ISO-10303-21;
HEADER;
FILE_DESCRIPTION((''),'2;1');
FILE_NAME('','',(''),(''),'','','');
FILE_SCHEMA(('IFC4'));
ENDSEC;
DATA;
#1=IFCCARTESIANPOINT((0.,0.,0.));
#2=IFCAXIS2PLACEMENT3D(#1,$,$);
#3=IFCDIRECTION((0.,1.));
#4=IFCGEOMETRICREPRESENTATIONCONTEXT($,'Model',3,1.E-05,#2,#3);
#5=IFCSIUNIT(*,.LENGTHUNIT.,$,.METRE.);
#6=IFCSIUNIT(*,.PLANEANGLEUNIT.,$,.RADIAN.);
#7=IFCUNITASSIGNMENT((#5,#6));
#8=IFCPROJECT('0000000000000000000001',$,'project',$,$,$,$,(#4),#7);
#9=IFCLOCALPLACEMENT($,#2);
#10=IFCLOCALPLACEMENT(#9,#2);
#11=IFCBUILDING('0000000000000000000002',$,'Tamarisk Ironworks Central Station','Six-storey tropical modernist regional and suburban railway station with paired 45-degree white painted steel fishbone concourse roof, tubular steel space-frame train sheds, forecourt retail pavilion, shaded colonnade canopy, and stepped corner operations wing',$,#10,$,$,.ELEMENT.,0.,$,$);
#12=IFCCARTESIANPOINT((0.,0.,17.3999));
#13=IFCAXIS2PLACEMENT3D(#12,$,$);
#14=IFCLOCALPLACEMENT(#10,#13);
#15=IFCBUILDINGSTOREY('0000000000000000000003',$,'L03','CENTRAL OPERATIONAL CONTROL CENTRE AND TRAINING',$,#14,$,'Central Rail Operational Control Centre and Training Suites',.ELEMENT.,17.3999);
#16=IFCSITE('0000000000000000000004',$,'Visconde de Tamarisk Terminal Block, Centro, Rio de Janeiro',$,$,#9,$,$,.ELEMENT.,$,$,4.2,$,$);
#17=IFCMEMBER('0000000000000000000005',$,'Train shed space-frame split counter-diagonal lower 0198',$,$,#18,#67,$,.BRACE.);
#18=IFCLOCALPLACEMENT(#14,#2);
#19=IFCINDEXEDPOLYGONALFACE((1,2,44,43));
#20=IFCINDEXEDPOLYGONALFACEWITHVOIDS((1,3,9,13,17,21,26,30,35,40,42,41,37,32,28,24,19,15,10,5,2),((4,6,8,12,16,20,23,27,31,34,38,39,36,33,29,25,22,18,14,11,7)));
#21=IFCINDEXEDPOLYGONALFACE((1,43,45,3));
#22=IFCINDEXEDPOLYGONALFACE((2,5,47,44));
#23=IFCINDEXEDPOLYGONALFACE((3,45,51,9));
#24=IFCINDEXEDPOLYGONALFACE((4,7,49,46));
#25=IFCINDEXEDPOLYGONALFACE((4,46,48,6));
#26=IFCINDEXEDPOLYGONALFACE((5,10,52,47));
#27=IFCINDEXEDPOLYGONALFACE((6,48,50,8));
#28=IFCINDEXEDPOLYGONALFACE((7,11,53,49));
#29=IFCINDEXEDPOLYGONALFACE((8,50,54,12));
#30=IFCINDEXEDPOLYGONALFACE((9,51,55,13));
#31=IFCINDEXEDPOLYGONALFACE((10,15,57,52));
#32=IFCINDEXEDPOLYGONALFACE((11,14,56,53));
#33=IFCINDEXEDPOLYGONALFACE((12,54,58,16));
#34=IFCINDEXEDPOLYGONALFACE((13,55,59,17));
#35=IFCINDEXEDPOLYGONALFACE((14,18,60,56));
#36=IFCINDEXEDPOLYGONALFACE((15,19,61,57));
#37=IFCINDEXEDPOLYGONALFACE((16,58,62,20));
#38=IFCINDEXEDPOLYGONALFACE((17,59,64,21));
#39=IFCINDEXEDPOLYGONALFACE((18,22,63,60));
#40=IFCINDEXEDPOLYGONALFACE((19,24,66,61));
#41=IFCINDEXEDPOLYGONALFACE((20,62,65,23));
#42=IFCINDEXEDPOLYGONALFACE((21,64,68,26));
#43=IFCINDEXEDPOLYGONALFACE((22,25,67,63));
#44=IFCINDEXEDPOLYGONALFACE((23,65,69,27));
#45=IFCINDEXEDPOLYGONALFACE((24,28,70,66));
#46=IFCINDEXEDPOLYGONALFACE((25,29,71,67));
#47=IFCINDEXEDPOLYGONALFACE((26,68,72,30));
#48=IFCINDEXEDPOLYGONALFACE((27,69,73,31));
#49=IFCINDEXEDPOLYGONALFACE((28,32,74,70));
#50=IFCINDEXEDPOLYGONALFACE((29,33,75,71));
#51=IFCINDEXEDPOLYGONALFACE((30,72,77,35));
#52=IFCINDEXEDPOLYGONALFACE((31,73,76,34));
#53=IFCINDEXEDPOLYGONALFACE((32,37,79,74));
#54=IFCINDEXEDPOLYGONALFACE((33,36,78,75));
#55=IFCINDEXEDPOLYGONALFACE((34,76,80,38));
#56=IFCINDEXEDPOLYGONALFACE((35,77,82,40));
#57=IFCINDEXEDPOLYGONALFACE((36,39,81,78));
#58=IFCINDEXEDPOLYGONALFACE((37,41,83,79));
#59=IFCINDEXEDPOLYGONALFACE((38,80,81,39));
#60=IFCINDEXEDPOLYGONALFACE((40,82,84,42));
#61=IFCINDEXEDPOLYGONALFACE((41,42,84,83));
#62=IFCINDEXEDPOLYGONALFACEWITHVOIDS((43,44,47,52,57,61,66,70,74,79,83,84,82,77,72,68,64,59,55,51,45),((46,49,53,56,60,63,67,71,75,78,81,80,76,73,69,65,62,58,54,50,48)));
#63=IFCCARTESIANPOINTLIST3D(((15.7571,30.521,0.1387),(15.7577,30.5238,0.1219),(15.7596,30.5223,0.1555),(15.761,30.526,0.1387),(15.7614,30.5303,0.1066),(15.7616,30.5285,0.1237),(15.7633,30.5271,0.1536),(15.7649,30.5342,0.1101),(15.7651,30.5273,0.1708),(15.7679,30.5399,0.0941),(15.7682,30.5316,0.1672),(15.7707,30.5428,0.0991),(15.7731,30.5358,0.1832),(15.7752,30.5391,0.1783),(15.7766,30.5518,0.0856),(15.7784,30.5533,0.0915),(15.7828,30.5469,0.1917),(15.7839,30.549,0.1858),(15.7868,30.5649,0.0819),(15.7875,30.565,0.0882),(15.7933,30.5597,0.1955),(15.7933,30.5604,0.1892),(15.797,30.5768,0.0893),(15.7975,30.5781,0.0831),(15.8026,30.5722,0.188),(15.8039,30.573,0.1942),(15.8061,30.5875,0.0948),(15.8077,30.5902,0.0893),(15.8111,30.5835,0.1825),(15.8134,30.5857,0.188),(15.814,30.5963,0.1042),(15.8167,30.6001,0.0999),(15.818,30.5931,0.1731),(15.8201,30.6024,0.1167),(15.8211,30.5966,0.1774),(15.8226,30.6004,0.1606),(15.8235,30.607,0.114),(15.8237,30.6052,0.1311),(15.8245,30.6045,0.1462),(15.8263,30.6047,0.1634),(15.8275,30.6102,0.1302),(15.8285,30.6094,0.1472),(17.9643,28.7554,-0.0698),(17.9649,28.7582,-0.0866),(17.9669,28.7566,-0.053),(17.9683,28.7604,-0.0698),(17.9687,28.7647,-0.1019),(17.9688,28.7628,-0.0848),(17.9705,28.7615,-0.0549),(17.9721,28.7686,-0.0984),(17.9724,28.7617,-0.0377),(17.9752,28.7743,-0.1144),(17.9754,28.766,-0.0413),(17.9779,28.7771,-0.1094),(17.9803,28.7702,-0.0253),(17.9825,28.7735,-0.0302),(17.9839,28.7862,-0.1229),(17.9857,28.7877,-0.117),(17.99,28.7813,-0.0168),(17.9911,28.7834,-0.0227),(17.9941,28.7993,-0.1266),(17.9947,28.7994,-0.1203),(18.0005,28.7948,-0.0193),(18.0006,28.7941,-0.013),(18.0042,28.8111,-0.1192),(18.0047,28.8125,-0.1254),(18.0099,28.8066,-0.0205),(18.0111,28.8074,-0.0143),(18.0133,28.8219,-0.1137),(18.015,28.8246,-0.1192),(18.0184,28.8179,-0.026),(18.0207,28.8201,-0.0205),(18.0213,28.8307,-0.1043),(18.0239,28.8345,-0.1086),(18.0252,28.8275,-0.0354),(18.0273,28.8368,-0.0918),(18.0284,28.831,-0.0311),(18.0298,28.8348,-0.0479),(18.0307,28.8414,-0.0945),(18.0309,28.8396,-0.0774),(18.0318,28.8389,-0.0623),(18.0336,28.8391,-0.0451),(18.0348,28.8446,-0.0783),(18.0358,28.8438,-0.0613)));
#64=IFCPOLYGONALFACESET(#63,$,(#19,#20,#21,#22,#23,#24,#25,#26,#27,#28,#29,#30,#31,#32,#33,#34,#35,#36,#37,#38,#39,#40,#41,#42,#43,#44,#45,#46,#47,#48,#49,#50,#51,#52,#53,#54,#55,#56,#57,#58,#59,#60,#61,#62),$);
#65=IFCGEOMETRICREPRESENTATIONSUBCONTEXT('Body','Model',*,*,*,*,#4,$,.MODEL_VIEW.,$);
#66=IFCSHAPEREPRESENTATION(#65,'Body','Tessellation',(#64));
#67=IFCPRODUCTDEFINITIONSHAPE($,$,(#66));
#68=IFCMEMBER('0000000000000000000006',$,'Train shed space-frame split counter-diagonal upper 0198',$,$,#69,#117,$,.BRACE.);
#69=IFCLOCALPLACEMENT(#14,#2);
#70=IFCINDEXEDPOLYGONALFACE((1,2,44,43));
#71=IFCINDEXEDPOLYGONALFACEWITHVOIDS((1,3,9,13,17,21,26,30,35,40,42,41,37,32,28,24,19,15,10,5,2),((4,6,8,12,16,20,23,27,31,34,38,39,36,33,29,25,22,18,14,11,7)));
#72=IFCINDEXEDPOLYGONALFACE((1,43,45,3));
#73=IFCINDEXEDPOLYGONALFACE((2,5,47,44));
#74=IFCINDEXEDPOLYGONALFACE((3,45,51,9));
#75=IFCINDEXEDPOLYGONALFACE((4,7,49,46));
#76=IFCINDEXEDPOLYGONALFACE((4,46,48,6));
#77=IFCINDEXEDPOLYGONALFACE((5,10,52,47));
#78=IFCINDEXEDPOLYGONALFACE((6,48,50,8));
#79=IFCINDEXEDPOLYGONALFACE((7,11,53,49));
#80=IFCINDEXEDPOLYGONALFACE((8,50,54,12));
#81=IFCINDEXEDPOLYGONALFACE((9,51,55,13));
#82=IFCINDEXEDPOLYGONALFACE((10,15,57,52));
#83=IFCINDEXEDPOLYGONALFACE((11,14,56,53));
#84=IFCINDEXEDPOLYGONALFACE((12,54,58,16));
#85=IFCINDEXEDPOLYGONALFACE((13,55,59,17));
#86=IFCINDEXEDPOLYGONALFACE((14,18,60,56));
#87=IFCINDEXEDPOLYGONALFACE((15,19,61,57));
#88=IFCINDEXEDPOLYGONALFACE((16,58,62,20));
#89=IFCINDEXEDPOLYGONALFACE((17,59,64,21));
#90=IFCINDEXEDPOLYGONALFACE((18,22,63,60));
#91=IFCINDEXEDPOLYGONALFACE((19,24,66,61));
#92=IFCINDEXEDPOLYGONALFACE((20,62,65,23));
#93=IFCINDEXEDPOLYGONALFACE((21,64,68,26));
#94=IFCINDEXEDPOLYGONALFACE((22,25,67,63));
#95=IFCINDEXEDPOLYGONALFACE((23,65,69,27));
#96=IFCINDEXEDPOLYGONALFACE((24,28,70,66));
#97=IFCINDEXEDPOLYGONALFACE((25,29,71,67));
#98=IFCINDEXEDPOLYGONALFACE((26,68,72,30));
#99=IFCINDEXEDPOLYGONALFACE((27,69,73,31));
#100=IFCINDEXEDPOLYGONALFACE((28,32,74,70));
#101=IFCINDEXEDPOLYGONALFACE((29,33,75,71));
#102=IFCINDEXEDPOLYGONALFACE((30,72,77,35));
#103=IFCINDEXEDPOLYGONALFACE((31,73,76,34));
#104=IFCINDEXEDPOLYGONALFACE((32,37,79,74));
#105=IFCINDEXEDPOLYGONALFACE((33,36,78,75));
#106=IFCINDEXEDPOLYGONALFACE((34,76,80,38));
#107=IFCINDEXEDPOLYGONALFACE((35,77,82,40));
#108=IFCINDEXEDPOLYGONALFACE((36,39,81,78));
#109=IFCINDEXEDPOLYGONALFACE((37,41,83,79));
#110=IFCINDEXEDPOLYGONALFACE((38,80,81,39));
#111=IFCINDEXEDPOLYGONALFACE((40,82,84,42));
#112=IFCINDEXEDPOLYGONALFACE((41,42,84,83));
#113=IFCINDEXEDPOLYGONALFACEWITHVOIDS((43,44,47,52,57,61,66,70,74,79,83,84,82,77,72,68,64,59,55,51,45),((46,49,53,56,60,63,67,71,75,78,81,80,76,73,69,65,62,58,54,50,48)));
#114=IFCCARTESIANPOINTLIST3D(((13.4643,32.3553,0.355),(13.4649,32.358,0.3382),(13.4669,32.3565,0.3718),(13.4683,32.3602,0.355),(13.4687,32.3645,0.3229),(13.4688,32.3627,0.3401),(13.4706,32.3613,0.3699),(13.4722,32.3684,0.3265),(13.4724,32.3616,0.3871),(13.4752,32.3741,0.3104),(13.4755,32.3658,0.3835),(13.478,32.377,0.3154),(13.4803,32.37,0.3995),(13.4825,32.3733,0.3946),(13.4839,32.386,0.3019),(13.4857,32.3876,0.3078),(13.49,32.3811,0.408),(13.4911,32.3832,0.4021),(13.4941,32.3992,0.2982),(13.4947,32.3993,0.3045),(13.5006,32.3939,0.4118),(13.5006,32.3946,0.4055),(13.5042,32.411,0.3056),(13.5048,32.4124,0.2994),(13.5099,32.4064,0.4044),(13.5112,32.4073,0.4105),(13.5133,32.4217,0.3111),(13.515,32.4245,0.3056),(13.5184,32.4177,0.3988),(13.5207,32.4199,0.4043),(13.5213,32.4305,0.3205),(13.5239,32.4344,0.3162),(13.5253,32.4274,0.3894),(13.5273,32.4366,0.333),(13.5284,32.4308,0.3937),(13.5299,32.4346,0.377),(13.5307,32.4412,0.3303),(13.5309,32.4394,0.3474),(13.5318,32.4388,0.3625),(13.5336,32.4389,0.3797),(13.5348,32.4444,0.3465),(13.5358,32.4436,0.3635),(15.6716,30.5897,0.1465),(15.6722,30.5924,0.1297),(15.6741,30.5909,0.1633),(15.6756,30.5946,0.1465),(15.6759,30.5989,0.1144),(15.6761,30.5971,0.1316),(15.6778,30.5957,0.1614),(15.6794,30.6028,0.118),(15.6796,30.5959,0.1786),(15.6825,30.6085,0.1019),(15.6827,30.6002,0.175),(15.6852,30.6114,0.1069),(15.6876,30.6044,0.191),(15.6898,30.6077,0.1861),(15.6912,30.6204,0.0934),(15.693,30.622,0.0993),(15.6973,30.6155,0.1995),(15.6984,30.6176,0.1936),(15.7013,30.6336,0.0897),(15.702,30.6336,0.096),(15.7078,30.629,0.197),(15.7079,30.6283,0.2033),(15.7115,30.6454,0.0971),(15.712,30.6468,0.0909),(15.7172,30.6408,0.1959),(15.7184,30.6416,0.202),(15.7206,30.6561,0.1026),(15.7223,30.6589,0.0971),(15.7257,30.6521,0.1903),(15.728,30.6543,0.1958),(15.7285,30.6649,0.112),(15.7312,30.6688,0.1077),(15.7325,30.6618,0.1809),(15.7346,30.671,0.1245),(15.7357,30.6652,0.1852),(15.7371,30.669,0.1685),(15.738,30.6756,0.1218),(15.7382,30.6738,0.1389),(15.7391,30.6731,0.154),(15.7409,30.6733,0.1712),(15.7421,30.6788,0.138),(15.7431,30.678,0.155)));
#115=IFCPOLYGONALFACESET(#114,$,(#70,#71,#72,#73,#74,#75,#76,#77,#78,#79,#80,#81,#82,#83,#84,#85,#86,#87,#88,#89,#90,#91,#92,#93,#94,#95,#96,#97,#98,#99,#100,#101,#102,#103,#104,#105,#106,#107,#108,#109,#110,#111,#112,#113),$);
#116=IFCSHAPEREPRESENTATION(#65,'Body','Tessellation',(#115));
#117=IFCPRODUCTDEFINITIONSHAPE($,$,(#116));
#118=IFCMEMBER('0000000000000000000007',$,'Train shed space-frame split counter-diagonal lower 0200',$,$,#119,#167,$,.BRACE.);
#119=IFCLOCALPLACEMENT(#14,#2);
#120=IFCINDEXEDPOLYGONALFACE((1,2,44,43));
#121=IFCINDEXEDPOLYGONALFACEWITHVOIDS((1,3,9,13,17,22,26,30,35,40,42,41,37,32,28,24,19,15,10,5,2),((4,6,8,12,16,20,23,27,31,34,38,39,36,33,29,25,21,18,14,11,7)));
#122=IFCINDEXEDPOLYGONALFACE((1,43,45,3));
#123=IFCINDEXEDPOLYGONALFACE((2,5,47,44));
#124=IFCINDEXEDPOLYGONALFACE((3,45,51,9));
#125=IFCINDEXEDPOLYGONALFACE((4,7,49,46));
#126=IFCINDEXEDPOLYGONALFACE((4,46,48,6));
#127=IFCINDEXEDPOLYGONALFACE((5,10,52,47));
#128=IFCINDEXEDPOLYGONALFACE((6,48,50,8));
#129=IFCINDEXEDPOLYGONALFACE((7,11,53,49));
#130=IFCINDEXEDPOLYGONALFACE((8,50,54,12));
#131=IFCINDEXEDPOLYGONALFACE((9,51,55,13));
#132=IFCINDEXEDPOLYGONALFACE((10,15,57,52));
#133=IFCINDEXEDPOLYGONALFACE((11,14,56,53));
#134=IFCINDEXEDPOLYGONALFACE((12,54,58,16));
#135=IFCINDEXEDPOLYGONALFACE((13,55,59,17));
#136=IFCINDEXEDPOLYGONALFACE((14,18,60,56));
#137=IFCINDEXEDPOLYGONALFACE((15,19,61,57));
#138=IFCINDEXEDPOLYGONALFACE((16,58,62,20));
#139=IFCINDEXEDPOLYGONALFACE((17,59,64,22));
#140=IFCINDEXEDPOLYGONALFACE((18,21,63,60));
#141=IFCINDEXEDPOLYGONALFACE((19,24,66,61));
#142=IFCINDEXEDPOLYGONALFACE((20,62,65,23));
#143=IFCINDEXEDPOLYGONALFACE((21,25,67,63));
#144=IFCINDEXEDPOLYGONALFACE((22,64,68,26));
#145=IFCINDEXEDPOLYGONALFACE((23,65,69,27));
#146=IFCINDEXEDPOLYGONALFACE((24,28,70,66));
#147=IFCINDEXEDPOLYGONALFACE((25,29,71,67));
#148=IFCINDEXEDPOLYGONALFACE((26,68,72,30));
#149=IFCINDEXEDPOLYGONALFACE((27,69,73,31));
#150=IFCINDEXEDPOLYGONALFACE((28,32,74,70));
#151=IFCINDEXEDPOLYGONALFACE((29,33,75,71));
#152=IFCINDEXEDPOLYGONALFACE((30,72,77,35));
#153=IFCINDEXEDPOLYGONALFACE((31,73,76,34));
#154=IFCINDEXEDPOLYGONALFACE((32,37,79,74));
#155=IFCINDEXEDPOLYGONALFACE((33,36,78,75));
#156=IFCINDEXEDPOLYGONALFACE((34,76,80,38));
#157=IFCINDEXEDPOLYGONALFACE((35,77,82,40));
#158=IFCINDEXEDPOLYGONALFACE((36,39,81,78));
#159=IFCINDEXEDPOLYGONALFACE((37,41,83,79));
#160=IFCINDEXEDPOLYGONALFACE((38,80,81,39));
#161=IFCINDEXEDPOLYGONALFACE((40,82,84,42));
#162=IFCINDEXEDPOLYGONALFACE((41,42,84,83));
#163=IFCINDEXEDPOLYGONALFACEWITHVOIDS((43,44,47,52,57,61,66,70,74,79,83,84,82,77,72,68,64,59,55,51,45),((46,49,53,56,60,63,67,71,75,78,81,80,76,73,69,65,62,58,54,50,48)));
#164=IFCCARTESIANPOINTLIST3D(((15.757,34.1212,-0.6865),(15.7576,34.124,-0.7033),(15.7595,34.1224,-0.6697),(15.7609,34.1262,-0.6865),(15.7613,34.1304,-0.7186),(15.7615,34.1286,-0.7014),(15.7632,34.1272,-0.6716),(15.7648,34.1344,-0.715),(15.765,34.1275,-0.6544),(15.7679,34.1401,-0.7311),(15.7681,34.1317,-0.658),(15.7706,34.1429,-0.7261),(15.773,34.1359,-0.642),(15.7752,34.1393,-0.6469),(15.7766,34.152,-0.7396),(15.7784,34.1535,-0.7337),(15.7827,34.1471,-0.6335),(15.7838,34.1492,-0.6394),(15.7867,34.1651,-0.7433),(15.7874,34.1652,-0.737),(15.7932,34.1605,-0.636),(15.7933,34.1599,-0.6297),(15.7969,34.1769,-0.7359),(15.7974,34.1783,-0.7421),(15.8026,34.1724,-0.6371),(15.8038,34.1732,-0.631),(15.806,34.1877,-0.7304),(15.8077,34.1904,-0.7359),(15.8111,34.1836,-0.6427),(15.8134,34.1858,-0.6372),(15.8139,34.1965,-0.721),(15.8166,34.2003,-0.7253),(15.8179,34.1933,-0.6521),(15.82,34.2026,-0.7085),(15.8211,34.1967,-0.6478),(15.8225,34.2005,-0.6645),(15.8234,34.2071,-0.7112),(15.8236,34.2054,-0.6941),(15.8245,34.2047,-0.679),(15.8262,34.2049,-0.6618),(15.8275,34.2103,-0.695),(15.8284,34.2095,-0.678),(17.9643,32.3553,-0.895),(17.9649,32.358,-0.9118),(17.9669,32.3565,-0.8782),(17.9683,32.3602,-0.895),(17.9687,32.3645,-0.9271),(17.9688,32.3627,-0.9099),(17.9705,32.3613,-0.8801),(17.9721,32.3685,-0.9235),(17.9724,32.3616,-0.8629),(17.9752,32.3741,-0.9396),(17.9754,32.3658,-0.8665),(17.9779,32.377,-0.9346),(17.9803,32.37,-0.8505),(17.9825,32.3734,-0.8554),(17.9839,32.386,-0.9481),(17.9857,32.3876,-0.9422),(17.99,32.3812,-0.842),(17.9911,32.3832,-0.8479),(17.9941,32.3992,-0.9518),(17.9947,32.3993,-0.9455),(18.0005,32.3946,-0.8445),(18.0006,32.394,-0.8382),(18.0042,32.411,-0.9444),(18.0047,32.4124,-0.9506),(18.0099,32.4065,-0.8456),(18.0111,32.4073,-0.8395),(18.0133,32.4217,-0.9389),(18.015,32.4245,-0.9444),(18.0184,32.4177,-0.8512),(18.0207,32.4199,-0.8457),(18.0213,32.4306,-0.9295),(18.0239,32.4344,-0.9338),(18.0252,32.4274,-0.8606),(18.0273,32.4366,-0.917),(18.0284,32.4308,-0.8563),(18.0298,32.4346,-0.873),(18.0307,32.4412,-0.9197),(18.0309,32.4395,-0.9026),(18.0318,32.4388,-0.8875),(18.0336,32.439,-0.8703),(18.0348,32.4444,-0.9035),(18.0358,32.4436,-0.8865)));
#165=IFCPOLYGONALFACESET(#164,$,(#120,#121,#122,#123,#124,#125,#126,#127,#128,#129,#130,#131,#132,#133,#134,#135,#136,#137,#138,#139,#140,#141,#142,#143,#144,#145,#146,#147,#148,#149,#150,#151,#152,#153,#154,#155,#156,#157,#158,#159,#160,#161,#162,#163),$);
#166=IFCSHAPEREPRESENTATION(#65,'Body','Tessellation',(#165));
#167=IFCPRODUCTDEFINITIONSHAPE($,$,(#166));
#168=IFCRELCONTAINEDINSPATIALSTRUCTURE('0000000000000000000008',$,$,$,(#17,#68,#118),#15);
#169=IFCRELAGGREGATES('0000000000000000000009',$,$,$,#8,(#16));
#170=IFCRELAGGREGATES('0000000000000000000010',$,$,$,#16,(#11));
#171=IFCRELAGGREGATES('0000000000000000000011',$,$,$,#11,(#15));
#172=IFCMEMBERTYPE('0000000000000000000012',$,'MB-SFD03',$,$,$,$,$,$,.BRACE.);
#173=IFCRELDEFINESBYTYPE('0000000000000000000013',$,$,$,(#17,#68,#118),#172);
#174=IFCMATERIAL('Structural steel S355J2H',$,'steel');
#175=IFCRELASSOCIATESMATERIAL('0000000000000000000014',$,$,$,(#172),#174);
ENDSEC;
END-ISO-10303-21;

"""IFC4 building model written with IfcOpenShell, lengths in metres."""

from ifc_helpers import new_model, si_unit, direction, frame, origin, origin_2d, place, context, subcontext, project, spatial, hollow_circle, extrude, material, material_profile, profile_set, type_object, element, save


model = new_model("IFC4")

# Units and contexts
model_context = context("Model", 3, precision=1e-05, world=origin(), true_north=direction((0.0, 1.0)))
body_context = subcontext(model_context, "Body", "Model", "MODEL_VIEW")
ifc_project = project(units=[si_unit("LENGTHUNIT", "METRE"), si_unit("PLANEANGLEUNIT", "RADIAN")], contexts=[model_context])

# Site, building, storey
site_placement = place(None, origin())
site = spatial("IfcSite", under=ifc_project, at=site_placement, Name="Visconde de Tamarisk Terminal Block, Centro, Rio de Janeiro", CompositionType="ELEMENT", RefElevation=4.2)
building_placement = place(site_placement, origin())
building = spatial("IfcBuilding", under=site, at=building_placement, Name="Tamarisk Ironworks Central Station", Description="Six-storey tropical modernist regional and suburban railway station with paired 45-degree white painted steel fishbone concourse roof, tubular steel space-frame train sheds, forecourt retail pavilion, shaded colonnade canopy, and stepped corner operations wing", CompositionType="ELEMENT", ElevationOfRefHeight=0.0)
storey_placement = place(building_placement, frame((0.0, 0.0, 17.3999)))
storey = spatial("IfcBuildingStorey", under=building, at=storey_placement, Name="L03", Description="CENTRAL OPERATIONAL CONTROL CENTRE AND TRAINING", LongName="Central Rail Operational Control Centre and Training Suites", CompositionType="ELEMENT", Elevation=17.3999)

# Members
ifc_material = material(Name="Structural steel S355J2H", Category="steel")
ifc_material_profile_1 = material_profile(ifc_material, hollow_circle(Radius=0.0571, WallThickness=0.0063, at=origin_2d()), Name="CHS 114.3x6.3")
ifc_profile_set_1 = profile_set([ifc_material_profile_1], Name="Structural steel S355J2H")
member_type_1 = type_object("IfcMemberType", Name="MB-SFD03", PredefinedType="BRACE", material=ifc_profile_set_1)
for number, where, z_axis, x_axis, name in (
    (1, (18.0, 28.8, -0.0698), (-0.778787, 0.62296, 0.073563), (-0.624653, -0.780903, 0.0), "Train shed space-frame split counter-diagonal lower 0198"),
    (2, (15.7073, 30.6343, 0.1465), (-0.778787, 0.62296, 0.073563), (-0.624653, -0.780903, 0.0), "Train shed space-frame split counter-diagonal upper 0198"),
):
    element("IfcMember", number, at=place(storey_placement, frame(where, z_axis=z_axis, x_axis=x_axis)), inside=storey, type_object=member_type_1, Name=name, PredefinedType="BRACE", context=body_context, shape_type="SweptSolid", body=[
        extrude(hollow_circle(Radius=0.0571, WallThickness=0.0063, at=origin_2d()), origin(), (0.0, 0.0, 1.0), 2.8342),
    ])
member_1_placement = place(storey_placement, frame((18.0, 32.3999, -0.895), z_axis=(-0.778745, 0.623013, 0.073559), x_axis=(-0.624706, -0.78086, 0.0)))
element("IfcMember", 3, at=member_1_placement, inside=storey, type_object=member_type_1, Name="Train shed space-frame split counter-diagonal lower 0200", PredefinedType="BRACE", context=body_context, shape_type="SweptSolid", body=[
    extrude(hollow_circle(Radius=0.0571, WallThickness=0.0063, at=origin_2d()), origin(), (0.0, 0.0, 1.0), 2.8345),
])

save(model, "model.ifc")
